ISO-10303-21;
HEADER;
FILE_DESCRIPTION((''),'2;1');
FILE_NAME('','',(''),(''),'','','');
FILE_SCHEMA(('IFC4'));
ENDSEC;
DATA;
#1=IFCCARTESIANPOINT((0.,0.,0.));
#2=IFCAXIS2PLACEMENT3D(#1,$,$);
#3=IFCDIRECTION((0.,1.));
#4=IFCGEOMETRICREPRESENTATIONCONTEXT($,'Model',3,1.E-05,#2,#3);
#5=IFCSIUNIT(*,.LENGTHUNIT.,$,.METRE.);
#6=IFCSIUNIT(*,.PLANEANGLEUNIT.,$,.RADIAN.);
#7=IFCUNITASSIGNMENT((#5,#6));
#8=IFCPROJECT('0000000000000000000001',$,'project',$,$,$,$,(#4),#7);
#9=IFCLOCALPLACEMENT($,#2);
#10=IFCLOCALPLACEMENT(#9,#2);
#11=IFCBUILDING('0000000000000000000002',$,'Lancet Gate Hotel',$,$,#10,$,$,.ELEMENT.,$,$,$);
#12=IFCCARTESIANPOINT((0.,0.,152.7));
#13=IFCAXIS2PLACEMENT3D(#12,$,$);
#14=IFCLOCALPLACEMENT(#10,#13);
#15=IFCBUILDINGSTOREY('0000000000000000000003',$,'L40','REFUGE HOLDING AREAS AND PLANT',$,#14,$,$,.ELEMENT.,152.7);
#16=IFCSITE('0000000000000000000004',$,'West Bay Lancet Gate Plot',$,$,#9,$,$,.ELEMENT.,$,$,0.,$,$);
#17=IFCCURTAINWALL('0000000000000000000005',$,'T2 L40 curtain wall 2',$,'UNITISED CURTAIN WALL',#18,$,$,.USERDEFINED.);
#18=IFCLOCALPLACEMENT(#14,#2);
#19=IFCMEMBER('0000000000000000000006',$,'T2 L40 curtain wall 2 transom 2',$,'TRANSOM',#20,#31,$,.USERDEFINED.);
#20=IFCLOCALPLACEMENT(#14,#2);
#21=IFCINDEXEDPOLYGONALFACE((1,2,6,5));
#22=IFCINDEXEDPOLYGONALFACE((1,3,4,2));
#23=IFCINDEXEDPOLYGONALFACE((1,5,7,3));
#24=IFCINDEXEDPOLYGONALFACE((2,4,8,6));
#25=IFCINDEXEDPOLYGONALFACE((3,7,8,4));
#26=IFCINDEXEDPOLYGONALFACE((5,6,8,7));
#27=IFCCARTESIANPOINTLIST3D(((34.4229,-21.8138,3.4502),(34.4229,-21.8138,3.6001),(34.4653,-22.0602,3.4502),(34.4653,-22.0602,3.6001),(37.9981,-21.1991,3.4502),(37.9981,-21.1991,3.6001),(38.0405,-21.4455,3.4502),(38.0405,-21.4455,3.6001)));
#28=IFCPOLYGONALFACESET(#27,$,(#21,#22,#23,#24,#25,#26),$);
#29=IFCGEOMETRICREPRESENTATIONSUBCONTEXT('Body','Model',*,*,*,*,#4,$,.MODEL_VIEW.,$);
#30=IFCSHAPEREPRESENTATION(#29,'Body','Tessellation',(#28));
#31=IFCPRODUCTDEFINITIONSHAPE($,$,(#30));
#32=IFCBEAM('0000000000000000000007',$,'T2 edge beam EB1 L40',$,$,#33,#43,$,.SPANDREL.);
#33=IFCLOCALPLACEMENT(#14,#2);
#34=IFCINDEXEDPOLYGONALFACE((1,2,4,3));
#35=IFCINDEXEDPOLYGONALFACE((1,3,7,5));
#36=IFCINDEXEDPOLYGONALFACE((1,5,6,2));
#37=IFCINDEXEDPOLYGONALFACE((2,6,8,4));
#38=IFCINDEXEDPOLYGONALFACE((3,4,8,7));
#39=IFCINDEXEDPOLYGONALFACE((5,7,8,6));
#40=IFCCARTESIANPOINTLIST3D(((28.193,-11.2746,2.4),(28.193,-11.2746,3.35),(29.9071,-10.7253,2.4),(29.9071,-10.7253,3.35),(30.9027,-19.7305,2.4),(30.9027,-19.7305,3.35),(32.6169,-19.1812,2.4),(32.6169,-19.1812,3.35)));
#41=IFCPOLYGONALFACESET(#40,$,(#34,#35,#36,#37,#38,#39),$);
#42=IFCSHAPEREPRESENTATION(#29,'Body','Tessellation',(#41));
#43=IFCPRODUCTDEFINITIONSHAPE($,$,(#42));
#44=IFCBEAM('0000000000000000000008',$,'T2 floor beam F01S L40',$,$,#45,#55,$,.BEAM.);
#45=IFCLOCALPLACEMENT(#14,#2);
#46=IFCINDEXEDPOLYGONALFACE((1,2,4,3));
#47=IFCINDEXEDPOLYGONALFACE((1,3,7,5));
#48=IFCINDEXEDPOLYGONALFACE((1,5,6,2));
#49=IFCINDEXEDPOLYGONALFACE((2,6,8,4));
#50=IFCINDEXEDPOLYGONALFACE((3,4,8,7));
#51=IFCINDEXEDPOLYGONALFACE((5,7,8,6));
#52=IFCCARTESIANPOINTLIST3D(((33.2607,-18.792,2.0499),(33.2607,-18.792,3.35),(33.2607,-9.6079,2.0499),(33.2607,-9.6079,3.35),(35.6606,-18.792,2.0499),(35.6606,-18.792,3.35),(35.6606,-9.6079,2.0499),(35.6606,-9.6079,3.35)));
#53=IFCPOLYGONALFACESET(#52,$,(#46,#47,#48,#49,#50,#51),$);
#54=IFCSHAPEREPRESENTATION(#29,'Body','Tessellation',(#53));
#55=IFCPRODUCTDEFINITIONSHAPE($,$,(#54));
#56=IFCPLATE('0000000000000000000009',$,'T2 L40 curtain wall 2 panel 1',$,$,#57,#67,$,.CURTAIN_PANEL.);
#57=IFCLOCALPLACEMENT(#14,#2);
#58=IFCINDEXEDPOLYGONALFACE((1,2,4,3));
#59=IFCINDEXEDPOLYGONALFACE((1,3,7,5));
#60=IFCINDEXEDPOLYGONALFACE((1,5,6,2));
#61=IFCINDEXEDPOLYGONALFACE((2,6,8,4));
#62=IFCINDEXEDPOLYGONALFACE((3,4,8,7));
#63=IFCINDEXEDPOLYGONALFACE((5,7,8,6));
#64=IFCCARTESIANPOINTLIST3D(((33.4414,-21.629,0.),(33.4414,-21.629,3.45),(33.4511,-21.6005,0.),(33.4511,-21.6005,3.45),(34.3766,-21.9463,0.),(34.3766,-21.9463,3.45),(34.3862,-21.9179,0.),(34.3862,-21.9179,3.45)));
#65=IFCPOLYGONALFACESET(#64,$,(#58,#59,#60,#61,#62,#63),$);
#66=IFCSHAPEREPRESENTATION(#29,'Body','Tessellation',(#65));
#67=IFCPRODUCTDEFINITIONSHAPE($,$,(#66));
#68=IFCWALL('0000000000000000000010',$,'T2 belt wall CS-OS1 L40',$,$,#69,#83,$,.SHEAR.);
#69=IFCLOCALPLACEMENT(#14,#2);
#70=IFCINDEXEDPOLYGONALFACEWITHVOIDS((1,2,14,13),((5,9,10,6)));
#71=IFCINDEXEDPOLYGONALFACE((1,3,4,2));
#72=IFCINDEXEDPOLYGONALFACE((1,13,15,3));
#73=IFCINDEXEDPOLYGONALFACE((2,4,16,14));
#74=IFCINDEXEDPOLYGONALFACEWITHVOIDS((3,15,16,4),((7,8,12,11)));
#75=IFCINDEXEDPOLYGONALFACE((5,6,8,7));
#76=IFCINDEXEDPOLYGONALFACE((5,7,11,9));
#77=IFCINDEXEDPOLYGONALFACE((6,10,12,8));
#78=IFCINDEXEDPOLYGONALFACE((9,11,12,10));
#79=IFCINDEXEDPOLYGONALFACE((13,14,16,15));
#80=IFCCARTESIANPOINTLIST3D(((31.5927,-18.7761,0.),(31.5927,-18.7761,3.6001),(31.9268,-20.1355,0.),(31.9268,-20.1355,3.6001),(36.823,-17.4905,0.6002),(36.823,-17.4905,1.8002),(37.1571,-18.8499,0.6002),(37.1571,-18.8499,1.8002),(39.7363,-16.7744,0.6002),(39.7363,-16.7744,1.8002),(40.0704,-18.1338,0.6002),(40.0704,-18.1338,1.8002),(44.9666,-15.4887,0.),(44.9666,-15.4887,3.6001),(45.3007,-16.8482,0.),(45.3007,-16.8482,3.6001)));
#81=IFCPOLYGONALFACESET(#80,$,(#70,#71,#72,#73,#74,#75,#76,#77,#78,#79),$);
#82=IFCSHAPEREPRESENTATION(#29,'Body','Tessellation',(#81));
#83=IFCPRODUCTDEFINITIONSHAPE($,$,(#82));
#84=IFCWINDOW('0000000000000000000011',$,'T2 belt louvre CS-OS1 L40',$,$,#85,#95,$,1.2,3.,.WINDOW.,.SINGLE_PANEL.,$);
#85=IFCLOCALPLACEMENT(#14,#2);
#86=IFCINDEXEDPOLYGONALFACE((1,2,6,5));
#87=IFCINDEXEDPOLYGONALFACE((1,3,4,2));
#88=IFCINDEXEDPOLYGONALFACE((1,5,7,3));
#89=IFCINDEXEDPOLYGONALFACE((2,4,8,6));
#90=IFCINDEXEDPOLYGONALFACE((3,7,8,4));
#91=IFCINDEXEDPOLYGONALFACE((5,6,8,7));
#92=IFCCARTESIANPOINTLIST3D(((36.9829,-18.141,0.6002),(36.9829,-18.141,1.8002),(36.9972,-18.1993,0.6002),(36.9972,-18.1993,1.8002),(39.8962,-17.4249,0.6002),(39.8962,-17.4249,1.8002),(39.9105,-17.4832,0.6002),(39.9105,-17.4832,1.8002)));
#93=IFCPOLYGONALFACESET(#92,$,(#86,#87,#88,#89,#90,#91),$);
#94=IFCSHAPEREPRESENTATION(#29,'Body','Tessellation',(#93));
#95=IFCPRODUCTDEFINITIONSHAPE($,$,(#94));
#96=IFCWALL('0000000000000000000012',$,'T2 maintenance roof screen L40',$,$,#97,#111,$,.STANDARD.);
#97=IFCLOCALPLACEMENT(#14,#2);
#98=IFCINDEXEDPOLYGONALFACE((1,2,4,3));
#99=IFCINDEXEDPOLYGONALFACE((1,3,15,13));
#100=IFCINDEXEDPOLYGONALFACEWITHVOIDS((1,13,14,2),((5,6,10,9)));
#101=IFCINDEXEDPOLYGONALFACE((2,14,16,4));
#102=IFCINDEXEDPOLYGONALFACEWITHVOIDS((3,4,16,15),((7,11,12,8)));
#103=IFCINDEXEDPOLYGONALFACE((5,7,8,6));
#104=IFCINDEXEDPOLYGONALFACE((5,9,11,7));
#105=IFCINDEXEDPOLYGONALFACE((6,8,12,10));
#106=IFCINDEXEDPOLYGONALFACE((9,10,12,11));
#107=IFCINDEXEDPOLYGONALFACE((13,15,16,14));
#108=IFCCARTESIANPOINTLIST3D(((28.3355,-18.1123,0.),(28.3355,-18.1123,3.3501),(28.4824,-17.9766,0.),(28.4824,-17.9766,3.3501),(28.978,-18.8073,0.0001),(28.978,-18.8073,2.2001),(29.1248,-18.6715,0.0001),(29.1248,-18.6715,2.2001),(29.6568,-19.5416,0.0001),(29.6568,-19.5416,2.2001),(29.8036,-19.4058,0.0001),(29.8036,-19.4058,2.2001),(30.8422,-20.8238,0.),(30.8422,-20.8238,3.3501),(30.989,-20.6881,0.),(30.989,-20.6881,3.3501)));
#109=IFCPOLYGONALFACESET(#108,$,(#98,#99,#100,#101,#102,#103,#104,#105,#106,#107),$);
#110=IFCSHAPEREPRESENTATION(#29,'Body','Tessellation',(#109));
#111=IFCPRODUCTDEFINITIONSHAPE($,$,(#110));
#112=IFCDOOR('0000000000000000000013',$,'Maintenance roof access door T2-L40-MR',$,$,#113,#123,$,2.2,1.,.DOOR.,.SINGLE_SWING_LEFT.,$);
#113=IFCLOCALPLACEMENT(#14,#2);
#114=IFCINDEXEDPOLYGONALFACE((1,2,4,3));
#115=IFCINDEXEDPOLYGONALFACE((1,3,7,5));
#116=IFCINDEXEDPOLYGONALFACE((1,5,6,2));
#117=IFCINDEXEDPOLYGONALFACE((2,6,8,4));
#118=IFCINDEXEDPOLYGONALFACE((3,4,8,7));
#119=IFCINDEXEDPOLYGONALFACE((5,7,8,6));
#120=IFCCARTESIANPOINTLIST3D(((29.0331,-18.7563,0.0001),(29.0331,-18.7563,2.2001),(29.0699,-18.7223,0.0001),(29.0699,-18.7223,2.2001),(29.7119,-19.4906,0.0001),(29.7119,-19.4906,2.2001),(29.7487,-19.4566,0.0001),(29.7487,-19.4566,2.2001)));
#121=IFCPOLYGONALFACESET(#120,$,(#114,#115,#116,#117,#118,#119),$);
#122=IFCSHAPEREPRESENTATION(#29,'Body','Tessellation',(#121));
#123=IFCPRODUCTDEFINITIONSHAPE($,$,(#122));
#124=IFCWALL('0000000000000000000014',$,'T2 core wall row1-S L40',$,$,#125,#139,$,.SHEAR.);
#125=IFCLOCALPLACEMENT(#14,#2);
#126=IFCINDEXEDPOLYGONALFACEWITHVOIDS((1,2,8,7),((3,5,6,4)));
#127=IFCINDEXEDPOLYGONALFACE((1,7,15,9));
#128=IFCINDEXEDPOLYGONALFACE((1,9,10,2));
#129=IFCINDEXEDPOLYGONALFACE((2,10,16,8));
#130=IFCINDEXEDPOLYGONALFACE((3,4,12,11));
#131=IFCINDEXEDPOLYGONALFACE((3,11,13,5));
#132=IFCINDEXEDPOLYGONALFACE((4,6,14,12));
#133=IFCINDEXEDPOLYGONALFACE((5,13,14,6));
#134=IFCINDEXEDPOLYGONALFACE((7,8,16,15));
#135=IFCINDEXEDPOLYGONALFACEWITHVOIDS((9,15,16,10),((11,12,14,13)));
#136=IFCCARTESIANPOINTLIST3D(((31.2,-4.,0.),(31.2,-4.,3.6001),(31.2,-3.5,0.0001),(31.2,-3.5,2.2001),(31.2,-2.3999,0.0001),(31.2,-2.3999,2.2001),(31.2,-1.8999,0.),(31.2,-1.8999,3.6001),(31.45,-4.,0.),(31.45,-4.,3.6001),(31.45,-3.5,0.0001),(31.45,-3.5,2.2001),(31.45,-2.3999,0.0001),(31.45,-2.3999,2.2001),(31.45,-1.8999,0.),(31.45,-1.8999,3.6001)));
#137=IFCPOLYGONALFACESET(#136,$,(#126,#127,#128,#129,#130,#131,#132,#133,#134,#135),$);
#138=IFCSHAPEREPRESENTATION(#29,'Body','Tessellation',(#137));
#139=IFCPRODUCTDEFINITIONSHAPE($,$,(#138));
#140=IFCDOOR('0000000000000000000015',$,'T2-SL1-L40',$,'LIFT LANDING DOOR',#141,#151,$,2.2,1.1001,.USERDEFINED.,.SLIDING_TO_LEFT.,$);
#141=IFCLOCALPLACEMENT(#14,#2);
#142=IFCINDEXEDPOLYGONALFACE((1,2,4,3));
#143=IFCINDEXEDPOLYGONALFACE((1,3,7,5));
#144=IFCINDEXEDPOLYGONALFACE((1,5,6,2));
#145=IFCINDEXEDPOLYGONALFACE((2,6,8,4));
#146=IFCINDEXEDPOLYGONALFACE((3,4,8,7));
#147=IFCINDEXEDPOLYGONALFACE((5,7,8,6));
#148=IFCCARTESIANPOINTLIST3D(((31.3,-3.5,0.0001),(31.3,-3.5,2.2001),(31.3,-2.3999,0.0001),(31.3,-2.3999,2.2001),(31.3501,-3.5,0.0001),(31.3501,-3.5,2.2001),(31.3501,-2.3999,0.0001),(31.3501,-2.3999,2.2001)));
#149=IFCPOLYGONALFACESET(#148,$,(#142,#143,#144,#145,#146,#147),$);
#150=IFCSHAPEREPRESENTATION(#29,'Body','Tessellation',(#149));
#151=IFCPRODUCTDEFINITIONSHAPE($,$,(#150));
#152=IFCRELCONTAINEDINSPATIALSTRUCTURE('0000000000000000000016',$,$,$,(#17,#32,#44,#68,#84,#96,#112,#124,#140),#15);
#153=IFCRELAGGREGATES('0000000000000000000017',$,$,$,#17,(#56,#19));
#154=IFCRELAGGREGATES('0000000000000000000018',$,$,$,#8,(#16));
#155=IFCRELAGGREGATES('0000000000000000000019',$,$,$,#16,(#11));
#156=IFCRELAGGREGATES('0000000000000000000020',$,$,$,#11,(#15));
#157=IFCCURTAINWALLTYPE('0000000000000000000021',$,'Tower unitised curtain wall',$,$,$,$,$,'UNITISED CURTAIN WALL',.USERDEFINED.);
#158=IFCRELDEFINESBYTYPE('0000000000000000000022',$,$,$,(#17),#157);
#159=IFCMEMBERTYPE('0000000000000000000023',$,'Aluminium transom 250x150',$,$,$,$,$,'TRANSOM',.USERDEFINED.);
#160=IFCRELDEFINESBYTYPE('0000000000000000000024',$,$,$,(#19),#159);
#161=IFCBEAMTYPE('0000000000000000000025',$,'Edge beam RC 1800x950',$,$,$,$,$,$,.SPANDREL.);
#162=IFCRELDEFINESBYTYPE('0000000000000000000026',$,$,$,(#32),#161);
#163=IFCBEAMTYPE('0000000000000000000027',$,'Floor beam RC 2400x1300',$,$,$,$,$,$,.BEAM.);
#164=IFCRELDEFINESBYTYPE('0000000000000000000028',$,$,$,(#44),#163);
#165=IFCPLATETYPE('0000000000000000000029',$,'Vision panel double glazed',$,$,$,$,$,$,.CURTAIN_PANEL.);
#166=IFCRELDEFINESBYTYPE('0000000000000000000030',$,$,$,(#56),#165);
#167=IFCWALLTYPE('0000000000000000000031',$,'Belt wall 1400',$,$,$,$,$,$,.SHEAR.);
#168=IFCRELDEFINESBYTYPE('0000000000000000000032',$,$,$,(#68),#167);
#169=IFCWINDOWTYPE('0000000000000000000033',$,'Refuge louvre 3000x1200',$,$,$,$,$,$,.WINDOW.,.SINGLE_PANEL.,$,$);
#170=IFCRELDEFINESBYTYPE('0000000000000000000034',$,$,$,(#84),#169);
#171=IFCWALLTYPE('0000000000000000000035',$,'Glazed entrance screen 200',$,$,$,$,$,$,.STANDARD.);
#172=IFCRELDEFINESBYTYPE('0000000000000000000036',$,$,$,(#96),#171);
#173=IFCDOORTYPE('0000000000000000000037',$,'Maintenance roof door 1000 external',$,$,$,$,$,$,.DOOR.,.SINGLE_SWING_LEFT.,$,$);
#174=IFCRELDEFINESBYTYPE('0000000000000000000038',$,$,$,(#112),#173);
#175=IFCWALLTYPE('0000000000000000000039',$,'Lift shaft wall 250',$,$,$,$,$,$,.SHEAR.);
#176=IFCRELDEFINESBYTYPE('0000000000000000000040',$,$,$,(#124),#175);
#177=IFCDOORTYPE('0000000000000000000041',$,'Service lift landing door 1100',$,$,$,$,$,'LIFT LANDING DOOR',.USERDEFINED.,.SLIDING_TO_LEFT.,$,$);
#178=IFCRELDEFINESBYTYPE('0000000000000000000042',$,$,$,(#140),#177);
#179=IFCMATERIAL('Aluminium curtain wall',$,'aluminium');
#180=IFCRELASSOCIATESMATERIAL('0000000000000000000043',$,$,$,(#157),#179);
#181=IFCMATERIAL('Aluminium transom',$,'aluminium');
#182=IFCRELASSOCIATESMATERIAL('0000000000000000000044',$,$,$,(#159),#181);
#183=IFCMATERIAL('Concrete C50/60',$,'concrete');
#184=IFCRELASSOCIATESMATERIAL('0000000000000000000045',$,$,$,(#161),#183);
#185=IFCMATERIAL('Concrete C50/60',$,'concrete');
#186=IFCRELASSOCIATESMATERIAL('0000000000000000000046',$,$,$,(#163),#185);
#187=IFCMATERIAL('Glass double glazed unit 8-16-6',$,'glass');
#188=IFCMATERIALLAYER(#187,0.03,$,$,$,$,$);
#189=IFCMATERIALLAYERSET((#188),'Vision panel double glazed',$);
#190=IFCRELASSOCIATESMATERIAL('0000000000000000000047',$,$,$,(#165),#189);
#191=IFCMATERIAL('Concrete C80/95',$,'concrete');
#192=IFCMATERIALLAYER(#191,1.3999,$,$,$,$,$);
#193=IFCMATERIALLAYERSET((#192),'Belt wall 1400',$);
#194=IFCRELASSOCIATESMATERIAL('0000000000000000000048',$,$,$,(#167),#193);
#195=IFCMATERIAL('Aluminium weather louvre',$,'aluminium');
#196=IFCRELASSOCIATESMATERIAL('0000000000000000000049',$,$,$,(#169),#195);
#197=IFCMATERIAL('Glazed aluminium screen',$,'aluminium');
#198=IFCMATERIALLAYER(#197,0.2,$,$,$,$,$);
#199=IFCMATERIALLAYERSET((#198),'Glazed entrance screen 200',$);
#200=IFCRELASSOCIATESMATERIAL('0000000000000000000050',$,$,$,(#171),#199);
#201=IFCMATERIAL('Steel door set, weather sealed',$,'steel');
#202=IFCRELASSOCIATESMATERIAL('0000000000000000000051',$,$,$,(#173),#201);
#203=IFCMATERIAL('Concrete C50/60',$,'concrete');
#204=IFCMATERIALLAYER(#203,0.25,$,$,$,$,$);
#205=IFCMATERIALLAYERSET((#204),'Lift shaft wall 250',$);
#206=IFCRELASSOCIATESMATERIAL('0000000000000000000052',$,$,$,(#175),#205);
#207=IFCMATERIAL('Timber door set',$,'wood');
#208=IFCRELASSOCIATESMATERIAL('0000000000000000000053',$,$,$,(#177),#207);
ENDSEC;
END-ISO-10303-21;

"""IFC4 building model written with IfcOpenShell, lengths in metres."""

from ifc_helpers import new_model, si_unit, direction, frame, frame_2d, origin, origin_2d, place, context, subcontext, project, spatial, rectangle, extrude, material, layer, layer_set, material_profile, profile_set, type_object, element, fill, aggregate, save


model = new_model("IFC4")

# Units and contexts
model_context = context("Model", 3, precision=1e-05, world=origin(), true_north=direction((0.0, 1.0)))
body_context = subcontext(model_context, "Body", "Model", "MODEL_VIEW")
ifc_project = project(units=[si_unit("LENGTHUNIT", "METRE"), si_unit("PLANEANGLEUNIT", "RADIAN")], contexts=[model_context])

# Site, building, storey
site_placement = place(None, origin())
site = spatial("IfcSite", under=ifc_project, at=site_placement, Name="West Bay Lancet Gate Plot", CompositionType="ELEMENT", RefElevation=0.0)
building_placement = place(site_placement, origin())
building = spatial("IfcBuilding", under=site, at=building_placement, Name="Lancet Gate Hotel", CompositionType="ELEMENT")
storey_placement = place(building_placement, frame((0.0, 0.0, 152.7)))
storey = spatial("IfcBuildingStorey", under=building, at=storey_placement, Name="L40", Description="REFUGE HOLDING AREAS AND PLANT", CompositionType="ELEMENT", Elevation=152.7)

# Shared definitions
ifc_material_1 = material(Name="Aluminium curtain wall", Category="aluminium")
curtain_wall_type = type_object("IfcCurtainWallType", Name="Tower unitised curtain wall", ElementType="UNITISED CURTAIN WALL", PredefinedType="USERDEFINED", material=ifc_material_1)

# Curtain wall, member
curtain_wall_1_placement = place(storey_placement, origin())
curtain_wall_1 = element("IfcCurtainWall", 1, at=curtain_wall_1_placement, inside=storey, type_object=curtain_wall_type, Name="T2 L40 curtain wall 2", ObjectType="UNITISED CURTAIN WALL", PredefinedType="USERDEFINED")
ifc_material_2 = material(Name="Aluminium transom", Category="aluminium")
ifc_material_profile_1 = material_profile(ifc_material_2, rectangle(XDim=0.25, YDim=0.1499, at=origin_2d()), Name="TRANSOM 250x150")
ifc_profile_set_1 = profile_set([ifc_material_profile_1], Name="Aluminium transom")
member_type_1 = type_object("IfcMemberType", Name="Aluminium transom 250x150", ElementType="TRANSOM", PredefinedType="USERDEFINED", material=ifc_profile_set_1)
member_1_placement = place(storey_placement, frame((34.4441, -21.937, 3.5251), z_axis=(0.985537, 0.169461, 0.0), x_axis=(-0.169461, 0.985537, 0.0)))
member_1 = element("IfcMember", 2, at=member_1_placement, type_object=member_type_1, Name="T2 L40 curtain wall 2 transom 2", ObjectType="TRANSOM", PredefinedType="USERDEFINED", context=body_context, shape_type="SweptSolid", body=[
    extrude(rectangle(XDim=0.25, YDim=0.1499, at=origin_2d()), origin(), (0.0, 0.0, 1.0), 3.6277),
])

# Beams
ifc_material_3 = material(Name="Concrete C50/60", Category="concrete")
ifc_material_profile_2 = material_profile(ifc_material_3, rectangle(XDim=1.8, YDim=0.95, at=origin_2d()), Name="RC 1800x950")
ifc_profile_set_2 = profile_set([ifc_material_profile_2], Name="Concrete C50/60")
beam_type_1 = type_object("IfcBeamType", Name="Edge beam RC 1800x950", PredefinedType="SPANDREL", material=ifc_profile_set_2)
beam_1_placement = place(storey_placement, frame((31.7598, -19.4558, 2.875), z_axis=(-0.30517, 0.952298, 0.0), x_axis=(-0.952298, -0.30517, 0.0)))
element("IfcBeam", 3, at=beam_1_placement, inside=storey, type_object=beam_type_1, Name="T2 edge beam EB1 L40", PredefinedType="SPANDREL", context=body_context, shape_type="SweptSolid", body=[
    extrude(rectangle(XDim=1.8, YDim=0.95, at=origin_2d()), origin(), (0.0, 0.0, 1.0), 8.8794),
])
ifc_material_4 = material(Name="Concrete C50/60", Category="concrete")
ifc_material_profile_3 = material_profile(ifc_material_4, rectangle(XDim=2.3999, YDim=1.3, at=origin_2d()), Name="RC 2400x1300")
ifc_profile_set_3 = profile_set([ifc_material_profile_3], Name="Concrete C50/60")
beam_type_2 = type_object("IfcBeamType", Name="Floor beam RC 2400x1300", PredefinedType="BEAM", material=ifc_profile_set_3)
beam_2_placement = place(storey_placement, frame((34.4607, -18.792, 2.7), z_axis=(0.0, 1.0, 0.0), x_axis=(-1.0, 0.0, 0.0)))
element("IfcBeam", 4, at=beam_2_placement, inside=storey, type_object=beam_type_2, Name="T2 floor beam F01S L40", PredefinedType="BEAM", context=body_context, shape_type="SweptSolid", body=[
    extrude(rectangle(XDim=2.3999, YDim=1.3, at=origin_2d()), origin(), (0.0, 0.0, 1.0), 9.1841),
])

# Plate
ifc_material_5 = material(Name="Glass double glazed unit 8-16-6", Category="glass")
ifc_layer_1 = layer(ifc_material_5, 0.03)
ifc_layer_set_1 = layer_set([ifc_layer_1], Name="Vision panel double glazed")
plate_type = type_object("IfcPlateType", Name="Vision panel double glazed", PredefinedType="CURTAIN_PANEL", material=ifc_layer_set_1)
plate_placement = place(storey_placement, frame((33.9138, -21.7734, 0.0), z_axis=(0.0, 0.0, 1.0), x_axis=(0.946952, -0.321374, 0.0)))
plate = element("IfcPlate", 5, at=plate_placement, type_object=plate_type, Name="T2 L40 curtain wall 2 panel 1", PredefinedType="CURTAIN_PANEL", context=body_context, shape_type="SweptSolid", body=[
    extrude(rectangle(XDim=0.9875, YDim=0.03, at=origin_2d()), origin(), (0.0, 0.0, 1.0), 3.45),
])
aggregate(curtain_wall_1, [plate, member_1])

# Wall, opening, window
ifc_material_6 = material(Name="Concrete C80/95", Category="concrete")
ifc_layer_2 = layer(ifc_material_6, 1.3999)
ifc_layer_set_2 = layer_set([ifc_layer_2], Name="Belt wall 1400")
wall_type_1 = type_object("IfcWallType", Name="Belt wall 1400", PredefinedType="SHEAR", material=ifc_layer_set_2)
wall_1_placement = place(storey_placement, frame((31.7598, -19.4558, 0.0), z_axis=(0.0, 0.0, 1.0), x_axis=(0.971093, 0.2387, 0.0)))
wall_1 = element("IfcWall", 6, at=wall_1_placement, inside=storey, type_object=wall_type_1, Name="T2 belt wall CS-OS1 L40", PredefinedType="SHEAR", context=body_context, shape_type="SweptSolid", body=[
    extrude(rectangle(XDim=13.772, YDim=1.3999, at=frame_2d((6.886, 0.0))), origin(), (0.0, 0.0, 1.0), 3.6001),
])
opening_1_placement = place(wall_1_placement, frame((5.386, 0.0, 0.6001)))
opening_1 = element("IfcOpeningElement", 7, at=opening_1_placement, cuts=wall_1, PredefinedType="OPENING", context=body_context, shape_type="SweptSolid", body=[
    extrude(rectangle(XDim=3.0, YDim=1.2, at=frame_2d((1.5, 0.6001))), frame((0.0, 0.71, 0.0), z_axis=(0.0, -1.0, 0.0), x_axis=(1.0, 0.0, 0.0)), (0.0, 0.0, 1.0), 1.4199),
])
ifc_material_7 = material(Name="Aluminium weather louvre", Category="aluminium")
window_type = type_object("IfcWindowType", Name="Refuge louvre 3000x1200", PartitioningType="SINGLE_PANEL", PredefinedType="WINDOW", material=ifc_material_7)
window_placement = place(opening_1_placement, origin())
window = element("IfcWindow", 8, at=window_placement, inside=storey, type_object=window_type, Name="T2 belt louvre CS-OS1 L40", OverallHeight=1.2, OverallWidth=3.0, PartitioningType="SINGLE_PANEL", PredefinedType="WINDOW", context=body_context, shape_type="SweptSolid", body=[
    extrude(rectangle(XDim=3.0, YDim=1.2, at=frame_2d((1.5, 0.6001))), frame((0.0, 0.03, 0.0), z_axis=(0.0, -1.0, 0.0), x_axis=(1.0, 0.0, 0.0)), (0.0, 0.0, 1.0), 0.0601),
])
fill(opening_1, window)

# Walls, openings, doors
ifc_material_8 = material(Name="Glazed aluminium screen", Category="aluminium")
ifc_layer_3 = layer(ifc_material_8, 0.2)
ifc_layer_set_3 = layer_set([ifc_layer_3], Name="Glazed entrance screen 200")
wall_type_2 = type_object("IfcWallType", Name="Glazed entrance screen 200", PredefinedType="STANDARD", material=ifc_layer_set_3)
wall_2_placement = place(storey_placement, frame((30.9155, -20.7559, 0.0), z_axis=(0.0, 0.0, 1.0), x_axis=(-0.678826, 0.734299, 0.0)))
wall_2 = element("IfcWall", 9, at=wall_2_placement, inside=storey, type_object=wall_type_2, Name="T2 maintenance roof screen L40", PredefinedType="STANDARD", context=body_context, shape_type="SweptSolid", body=[
    extrude(rectangle(XDim=3.6926, YDim=0.2, at=frame_2d((1.8462, 0.0))), origin(), (0.0, 0.0, 1.0), 3.3501),
])
opening_2_placement = place(wall_2_placement, frame((1.7461, 0.0, 0.0)))
opening_2 = element("IfcOpeningElement", 10, at=opening_2_placement, cuts=wall_2, PredefinedType="OPENING", context=body_context, shape_type="SweptSolid", body=[
    extrude(rectangle(XDim=1.0, YDim=2.2, at=frame_2d((0.5, 1.1001))), frame((0.0, 0.1099, 0.0), z_axis=(0.0, -1.0, 0.0), x_axis=(1.0, 0.0, 0.0)), (0.0, 0.0, 1.0), 0.22),
])
ifc_material_9 = material(Name="Steel door set, weather sealed", Category="steel")
door_type_1 = type_object("IfcDoorType", Name="Maintenance roof door 1000 external", OperationType="SINGLE_SWING_LEFT", PredefinedType="DOOR", material=ifc_material_9)
door_1_placement = place(opening_2_placement, origin())
door_1 = element("IfcDoor", 11, at=door_1_placement, inside=storey, type_object=door_type_1, Name="Maintenance roof access door T2-L40-MR", OperationType="SINGLE_SWING_LEFT", OverallHeight=2.2, OverallWidth=1.0, PredefinedType="DOOR", context=body_context, shape_type="SweptSolid", body=[
    extrude(rectangle(XDim=1.0, YDim=2.2, at=frame_2d((0.5, 1.1001))), frame((0.0, 0.0249, 0.0), z_axis=(0.0, -1.0, 0.0), x_axis=(1.0, 0.0, 0.0)), (0.0, 0.0, 1.0), 0.05),
])
fill(opening_2, door_1)
ifc_material_10 = material(Name="Concrete C50/60", Category="concrete")
ifc_layer_4 = layer(ifc_material_10, 0.25)
ifc_layer_set_4 = layer_set([ifc_layer_4], Name="Lift shaft wall 250")
wall_type_3 = type_object("IfcWallType", Name="Lift shaft wall 250", PredefinedType="SHEAR", material=ifc_layer_set_4)
wall_3_placement = place(storey_placement, frame((31.325, -4.0, 0.0), z_axis=(0.0, 0.0, 1.0), x_axis=(0.0, 1.0, 0.0)))
wall_3 = element("IfcWall", 12, at=wall_3_placement, inside=storey, type_object=wall_type_3, Name="T2 core wall row1-S L40", PredefinedType="SHEAR", context=body_context, shape_type="SweptSolid", body=[
    extrude(rectangle(XDim=2.1001, YDim=0.25, at=frame_2d((1.05, 0.0))), origin(), (0.0, 0.0, 1.0), 3.6001),
])
opening_3_placement = place(wall_3_placement, frame((0.5, 0.0, 0.0)))
opening_3 = element("IfcOpeningElement", 13, at=opening_3_placement, cuts=wall_3, PredefinedType="OPENING", context=body_context, shape_type="SweptSolid", body=[
    extrude(rectangle(XDim=1.1001, YDim=2.2, at=frame_2d((0.55, 1.1001))), frame((0.0, 0.135, 0.0), z_axis=(0.0, -1.0, 0.0), x_axis=(1.0, 0.0, 0.0)), (0.0, 0.0, 1.0), 0.27),
])
ifc_material_11 = material(Name="Timber door set", Category="wood")
door_type_2 = type_object("IfcDoorType", Name="Service lift landing door 1100", ElementType="LIFT LANDING DOOR", OperationType="SLIDING_TO_LEFT", PredefinedType="USERDEFINED", material=ifc_material_11)
door_2_placement = place(opening_3_placement, origin())
door_2 = element("IfcDoor", 14, at=door_2_placement, inside=storey, type_object=door_type_2, Name="T2-SL1-L40", ObjectType="LIFT LANDING DOOR", OperationType="SLIDING_TO_LEFT", OverallHeight=2.2, OverallWidth=1.1001, PredefinedType="USERDEFINED", context=body_context, shape_type="SweptSolid", body=[
    extrude(rectangle(XDim=1.1001, YDim=2.2, at=frame_2d((0.55, 1.1001))), frame((0.0, 0.0249, 0.0), z_axis=(0.0, -1.0, 0.0), x_axis=(1.0, 0.0, 0.0)), (0.0, 0.0, 1.0), 0.05),
])
fill(opening_3, door_2)

save(model, "model.ifc")
